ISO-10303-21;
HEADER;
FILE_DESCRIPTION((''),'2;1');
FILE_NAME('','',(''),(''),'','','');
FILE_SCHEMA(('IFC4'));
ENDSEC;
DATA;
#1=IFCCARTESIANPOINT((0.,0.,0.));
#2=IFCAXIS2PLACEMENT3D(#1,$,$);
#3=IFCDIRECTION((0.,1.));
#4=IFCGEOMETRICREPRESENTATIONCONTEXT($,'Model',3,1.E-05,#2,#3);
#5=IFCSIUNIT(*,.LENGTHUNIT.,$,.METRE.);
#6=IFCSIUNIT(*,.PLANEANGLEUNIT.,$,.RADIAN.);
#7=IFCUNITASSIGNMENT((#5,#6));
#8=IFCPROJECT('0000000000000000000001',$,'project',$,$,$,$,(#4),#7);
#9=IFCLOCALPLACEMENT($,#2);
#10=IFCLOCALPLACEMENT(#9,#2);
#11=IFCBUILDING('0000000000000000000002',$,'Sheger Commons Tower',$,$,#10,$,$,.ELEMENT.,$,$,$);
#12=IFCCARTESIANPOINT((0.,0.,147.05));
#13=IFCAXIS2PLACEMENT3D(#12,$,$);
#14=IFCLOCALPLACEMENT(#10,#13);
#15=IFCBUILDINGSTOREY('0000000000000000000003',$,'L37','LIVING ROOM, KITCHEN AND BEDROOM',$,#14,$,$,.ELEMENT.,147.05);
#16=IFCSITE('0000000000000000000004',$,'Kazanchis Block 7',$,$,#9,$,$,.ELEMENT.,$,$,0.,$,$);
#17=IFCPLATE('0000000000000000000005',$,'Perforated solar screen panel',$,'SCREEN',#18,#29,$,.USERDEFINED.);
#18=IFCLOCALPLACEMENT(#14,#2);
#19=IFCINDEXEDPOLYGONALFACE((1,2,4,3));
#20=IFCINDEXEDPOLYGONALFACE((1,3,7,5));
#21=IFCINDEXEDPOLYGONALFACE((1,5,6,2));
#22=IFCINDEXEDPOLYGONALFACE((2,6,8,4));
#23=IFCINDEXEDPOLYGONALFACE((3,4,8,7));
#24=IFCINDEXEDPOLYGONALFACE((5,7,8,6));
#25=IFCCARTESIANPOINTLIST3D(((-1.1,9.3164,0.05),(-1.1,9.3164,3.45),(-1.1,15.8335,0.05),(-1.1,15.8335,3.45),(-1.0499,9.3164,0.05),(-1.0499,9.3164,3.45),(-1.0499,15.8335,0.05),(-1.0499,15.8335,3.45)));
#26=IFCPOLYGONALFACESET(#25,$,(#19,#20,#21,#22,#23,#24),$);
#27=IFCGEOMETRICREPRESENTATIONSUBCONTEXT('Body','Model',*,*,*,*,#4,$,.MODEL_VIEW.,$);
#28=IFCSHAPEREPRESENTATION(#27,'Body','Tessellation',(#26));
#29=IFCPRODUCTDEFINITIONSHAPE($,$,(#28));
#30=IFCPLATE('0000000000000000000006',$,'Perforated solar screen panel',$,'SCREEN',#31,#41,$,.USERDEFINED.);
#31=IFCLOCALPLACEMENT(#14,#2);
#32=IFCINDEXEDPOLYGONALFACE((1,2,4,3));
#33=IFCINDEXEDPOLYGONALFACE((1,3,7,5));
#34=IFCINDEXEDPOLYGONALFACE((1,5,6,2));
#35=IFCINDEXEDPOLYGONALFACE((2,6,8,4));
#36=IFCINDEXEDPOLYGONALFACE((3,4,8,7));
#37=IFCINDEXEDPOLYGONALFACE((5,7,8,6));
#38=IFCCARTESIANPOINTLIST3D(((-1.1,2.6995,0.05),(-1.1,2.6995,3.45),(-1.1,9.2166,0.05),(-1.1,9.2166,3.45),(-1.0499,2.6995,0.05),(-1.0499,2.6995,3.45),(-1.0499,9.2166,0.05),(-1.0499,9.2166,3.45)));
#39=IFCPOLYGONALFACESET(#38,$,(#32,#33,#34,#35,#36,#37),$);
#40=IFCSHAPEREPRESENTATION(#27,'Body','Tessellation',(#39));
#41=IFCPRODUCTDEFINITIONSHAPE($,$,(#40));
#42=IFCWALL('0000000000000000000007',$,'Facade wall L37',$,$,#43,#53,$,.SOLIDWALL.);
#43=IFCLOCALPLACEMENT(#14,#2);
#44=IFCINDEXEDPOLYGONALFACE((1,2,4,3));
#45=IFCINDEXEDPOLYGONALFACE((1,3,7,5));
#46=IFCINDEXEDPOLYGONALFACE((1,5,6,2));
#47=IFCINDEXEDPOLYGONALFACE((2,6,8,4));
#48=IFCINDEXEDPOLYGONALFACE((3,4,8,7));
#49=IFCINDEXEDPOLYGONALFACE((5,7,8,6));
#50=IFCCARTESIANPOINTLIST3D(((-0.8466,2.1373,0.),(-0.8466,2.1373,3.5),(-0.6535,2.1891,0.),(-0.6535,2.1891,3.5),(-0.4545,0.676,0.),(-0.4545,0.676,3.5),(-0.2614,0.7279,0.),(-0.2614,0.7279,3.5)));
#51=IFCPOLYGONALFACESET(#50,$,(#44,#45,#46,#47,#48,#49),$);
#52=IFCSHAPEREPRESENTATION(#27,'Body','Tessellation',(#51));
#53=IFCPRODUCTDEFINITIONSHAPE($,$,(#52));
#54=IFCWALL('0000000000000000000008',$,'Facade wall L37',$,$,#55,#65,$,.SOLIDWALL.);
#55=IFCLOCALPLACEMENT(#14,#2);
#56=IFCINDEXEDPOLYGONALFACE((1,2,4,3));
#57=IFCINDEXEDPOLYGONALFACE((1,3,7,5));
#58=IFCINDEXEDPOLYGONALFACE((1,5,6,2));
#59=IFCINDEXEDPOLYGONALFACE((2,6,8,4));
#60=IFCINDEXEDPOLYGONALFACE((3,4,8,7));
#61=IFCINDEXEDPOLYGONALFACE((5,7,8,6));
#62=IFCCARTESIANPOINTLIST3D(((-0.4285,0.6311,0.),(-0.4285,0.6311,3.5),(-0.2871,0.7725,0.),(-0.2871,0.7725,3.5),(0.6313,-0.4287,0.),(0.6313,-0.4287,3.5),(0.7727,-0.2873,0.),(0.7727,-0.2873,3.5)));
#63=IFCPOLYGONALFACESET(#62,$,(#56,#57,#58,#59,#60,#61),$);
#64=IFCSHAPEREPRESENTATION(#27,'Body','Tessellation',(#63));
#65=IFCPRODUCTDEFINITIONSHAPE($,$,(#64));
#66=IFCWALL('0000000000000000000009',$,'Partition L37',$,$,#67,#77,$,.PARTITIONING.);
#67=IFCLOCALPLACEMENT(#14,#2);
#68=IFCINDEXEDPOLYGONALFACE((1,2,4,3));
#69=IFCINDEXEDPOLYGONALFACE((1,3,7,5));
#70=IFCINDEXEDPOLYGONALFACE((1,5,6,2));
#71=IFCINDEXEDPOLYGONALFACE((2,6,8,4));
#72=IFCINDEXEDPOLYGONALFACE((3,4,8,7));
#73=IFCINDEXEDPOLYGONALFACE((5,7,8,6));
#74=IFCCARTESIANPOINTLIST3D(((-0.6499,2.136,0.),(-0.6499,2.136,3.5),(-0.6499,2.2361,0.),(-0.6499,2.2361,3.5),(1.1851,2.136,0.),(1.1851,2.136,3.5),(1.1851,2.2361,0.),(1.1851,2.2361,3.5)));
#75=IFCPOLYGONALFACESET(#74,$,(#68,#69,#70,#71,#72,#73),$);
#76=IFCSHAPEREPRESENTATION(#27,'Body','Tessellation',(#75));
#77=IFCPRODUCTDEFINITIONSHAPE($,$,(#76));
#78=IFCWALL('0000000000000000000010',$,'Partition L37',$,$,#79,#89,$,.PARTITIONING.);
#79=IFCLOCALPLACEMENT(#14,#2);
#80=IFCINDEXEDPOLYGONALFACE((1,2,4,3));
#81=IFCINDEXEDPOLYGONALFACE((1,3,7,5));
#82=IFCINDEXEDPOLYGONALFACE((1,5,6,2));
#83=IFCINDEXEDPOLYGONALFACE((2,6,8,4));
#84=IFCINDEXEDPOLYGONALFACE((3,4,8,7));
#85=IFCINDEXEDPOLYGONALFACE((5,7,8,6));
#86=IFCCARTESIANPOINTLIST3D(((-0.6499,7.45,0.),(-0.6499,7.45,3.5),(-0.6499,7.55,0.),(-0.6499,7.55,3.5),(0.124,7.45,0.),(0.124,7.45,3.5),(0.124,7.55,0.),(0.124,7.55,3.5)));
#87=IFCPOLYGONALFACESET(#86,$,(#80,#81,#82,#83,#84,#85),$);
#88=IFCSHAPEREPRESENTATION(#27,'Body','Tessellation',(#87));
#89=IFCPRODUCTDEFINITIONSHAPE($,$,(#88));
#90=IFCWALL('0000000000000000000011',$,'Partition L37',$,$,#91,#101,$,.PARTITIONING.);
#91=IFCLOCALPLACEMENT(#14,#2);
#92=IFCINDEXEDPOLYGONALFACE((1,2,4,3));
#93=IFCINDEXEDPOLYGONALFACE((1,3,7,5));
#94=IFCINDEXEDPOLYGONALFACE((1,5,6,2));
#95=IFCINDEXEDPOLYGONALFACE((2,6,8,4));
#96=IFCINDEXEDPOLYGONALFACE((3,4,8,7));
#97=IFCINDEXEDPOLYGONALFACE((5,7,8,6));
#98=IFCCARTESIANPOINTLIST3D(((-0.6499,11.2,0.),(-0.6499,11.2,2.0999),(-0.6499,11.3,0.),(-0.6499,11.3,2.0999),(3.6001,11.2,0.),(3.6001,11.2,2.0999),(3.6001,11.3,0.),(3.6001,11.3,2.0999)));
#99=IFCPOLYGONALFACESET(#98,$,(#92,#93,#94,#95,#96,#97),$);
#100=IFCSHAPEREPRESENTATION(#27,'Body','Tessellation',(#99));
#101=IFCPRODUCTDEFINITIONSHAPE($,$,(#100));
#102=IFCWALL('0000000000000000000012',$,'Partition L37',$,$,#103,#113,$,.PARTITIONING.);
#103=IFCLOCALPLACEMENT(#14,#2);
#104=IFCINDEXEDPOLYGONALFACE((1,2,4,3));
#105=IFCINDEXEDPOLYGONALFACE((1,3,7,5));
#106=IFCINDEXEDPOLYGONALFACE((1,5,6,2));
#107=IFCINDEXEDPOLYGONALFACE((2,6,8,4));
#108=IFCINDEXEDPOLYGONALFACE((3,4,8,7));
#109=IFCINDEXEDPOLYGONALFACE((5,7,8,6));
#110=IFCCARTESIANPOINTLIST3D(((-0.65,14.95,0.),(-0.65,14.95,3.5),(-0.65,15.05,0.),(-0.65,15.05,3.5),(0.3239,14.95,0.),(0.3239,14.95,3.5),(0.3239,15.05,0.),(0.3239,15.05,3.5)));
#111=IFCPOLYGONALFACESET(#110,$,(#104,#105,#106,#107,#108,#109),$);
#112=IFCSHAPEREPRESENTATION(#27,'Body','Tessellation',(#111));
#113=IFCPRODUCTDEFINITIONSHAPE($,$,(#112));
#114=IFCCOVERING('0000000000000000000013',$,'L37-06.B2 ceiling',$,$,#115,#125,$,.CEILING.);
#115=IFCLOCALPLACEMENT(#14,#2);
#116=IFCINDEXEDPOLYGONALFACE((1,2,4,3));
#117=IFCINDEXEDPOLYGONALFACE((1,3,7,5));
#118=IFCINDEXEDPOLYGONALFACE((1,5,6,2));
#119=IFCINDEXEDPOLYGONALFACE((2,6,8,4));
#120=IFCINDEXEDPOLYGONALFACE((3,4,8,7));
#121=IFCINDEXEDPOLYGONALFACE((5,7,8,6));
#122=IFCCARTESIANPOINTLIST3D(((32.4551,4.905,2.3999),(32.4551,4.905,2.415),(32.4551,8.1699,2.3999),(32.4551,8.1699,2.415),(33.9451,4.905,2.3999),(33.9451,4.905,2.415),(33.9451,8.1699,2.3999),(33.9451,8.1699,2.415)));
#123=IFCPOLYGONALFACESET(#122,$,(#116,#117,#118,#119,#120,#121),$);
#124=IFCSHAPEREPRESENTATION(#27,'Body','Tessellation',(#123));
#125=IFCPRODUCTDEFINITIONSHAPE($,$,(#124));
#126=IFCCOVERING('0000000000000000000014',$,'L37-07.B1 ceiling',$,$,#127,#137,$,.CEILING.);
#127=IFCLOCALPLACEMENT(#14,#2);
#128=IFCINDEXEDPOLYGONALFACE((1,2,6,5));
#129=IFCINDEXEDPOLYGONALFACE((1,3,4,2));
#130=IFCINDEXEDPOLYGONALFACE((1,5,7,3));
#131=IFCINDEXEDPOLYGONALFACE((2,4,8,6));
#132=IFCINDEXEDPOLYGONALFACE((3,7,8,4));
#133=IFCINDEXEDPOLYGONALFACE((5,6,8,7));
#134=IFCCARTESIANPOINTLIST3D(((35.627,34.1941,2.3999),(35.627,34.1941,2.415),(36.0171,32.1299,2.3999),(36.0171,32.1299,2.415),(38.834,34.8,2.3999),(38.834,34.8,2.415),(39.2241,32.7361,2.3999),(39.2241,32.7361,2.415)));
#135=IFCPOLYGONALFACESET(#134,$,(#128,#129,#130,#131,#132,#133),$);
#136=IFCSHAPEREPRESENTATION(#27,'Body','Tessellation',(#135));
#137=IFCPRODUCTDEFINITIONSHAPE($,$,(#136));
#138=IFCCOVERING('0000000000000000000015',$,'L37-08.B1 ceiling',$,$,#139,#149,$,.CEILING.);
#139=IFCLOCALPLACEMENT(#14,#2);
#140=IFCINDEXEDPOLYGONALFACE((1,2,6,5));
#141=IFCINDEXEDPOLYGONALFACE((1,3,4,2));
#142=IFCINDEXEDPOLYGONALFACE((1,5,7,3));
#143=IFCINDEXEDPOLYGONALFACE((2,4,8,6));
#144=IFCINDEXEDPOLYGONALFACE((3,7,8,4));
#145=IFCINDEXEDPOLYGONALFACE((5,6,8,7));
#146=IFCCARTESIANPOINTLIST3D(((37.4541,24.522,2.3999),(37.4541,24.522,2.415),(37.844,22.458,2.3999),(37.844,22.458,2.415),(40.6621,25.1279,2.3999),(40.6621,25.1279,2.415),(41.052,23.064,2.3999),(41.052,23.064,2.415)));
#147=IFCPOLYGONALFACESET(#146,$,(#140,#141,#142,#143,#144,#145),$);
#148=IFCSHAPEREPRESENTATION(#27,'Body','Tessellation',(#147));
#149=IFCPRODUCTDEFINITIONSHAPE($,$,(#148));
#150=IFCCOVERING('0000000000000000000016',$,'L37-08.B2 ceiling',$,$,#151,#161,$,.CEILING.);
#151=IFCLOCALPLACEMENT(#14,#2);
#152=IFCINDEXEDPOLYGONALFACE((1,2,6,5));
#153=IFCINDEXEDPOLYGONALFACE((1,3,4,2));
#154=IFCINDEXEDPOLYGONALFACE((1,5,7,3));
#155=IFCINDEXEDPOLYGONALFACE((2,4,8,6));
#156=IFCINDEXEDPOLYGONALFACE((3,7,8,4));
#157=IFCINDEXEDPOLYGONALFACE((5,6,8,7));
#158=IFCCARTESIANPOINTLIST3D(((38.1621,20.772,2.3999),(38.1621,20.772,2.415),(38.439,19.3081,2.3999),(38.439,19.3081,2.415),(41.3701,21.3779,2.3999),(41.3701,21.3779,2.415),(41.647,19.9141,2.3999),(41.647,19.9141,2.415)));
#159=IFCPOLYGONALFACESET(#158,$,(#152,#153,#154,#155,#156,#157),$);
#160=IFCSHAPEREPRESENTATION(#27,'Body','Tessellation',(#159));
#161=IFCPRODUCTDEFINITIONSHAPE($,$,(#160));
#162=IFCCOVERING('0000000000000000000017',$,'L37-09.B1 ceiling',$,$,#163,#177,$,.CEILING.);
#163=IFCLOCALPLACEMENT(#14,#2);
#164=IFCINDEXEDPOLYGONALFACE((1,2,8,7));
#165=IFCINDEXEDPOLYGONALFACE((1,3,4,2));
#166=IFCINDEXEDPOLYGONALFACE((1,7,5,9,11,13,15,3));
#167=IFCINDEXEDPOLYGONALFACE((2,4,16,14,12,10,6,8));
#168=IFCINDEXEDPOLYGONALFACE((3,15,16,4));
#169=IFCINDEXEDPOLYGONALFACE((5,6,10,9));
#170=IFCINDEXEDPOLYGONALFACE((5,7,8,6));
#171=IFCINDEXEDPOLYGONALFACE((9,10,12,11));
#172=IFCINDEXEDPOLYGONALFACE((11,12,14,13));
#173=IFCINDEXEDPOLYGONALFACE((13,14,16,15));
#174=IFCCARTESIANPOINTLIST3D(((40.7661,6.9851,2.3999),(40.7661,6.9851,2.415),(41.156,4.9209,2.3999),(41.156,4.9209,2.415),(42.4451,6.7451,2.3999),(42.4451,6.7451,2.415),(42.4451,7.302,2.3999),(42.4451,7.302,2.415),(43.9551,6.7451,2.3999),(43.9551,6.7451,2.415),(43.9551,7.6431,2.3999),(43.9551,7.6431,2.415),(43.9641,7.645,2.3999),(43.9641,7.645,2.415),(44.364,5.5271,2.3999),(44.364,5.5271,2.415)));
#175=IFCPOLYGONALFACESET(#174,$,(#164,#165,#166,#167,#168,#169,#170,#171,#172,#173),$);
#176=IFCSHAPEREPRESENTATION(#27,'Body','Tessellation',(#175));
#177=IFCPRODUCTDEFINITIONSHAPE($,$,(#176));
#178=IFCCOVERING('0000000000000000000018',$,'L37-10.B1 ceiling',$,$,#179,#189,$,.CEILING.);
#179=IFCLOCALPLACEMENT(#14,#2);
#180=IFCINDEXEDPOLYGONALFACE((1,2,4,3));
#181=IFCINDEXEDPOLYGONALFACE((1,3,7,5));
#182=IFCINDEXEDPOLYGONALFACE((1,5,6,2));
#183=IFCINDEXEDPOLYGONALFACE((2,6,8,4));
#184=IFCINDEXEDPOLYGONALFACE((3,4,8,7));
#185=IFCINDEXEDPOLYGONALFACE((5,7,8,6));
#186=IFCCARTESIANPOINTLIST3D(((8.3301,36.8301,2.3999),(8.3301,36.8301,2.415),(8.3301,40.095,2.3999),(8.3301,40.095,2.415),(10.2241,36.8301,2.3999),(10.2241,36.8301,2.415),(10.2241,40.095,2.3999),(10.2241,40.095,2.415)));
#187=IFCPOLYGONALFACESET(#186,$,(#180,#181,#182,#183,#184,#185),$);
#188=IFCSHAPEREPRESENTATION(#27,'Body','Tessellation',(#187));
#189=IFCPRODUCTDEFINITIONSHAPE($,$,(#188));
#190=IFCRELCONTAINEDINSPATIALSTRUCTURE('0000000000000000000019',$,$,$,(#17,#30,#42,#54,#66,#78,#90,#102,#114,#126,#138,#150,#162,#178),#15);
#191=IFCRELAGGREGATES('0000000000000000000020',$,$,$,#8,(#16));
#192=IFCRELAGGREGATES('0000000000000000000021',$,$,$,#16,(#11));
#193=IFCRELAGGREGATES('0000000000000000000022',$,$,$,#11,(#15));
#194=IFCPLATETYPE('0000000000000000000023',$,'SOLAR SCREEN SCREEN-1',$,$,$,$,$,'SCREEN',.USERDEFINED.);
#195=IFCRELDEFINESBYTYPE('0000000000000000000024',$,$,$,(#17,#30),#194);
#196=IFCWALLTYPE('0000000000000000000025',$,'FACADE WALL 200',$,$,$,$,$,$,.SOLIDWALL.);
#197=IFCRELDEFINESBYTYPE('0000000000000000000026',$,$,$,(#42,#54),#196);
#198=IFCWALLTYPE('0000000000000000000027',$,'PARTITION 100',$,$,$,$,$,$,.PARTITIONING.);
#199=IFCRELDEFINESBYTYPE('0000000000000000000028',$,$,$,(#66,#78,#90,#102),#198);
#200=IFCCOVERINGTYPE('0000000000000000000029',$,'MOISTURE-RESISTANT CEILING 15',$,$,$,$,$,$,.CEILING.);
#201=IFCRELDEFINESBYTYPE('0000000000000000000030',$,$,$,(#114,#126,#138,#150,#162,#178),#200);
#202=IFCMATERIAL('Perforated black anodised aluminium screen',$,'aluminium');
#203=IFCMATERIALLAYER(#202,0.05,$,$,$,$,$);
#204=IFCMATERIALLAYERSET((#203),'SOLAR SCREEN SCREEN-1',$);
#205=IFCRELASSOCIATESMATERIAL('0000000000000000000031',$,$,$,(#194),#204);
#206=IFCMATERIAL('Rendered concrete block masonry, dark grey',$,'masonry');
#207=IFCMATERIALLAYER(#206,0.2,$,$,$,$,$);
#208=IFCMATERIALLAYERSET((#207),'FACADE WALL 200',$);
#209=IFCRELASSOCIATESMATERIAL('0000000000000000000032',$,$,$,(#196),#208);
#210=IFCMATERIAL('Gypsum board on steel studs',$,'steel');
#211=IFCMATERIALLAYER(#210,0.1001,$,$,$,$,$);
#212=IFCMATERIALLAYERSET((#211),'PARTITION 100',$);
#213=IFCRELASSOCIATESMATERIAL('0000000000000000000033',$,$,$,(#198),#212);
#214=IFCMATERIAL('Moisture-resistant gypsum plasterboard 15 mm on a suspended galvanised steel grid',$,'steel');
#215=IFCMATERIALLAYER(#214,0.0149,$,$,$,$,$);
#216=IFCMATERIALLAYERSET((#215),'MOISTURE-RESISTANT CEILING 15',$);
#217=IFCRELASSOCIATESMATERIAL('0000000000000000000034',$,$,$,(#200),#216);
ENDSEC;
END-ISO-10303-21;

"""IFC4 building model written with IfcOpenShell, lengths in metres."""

from ifc_helpers import new_model, si_unit, direction, frame, frame_2d, origin, origin_2d, place, context, subcontext, project, spatial, polyline, rectangle, outline, extrude, material, layer, layer_set, type_object, element, save


model = new_model("IFC4")

# Units and contexts
model_context = context("Model", 3, precision=1e-05, world=origin(), true_north=direction((0.0, 1.0)))
body_context = subcontext(model_context, "Body", "Model", "MODEL_VIEW")
ifc_project = project(units=[si_unit("LENGTHUNIT", "METRE"), si_unit("PLANEANGLEUNIT", "RADIAN")], contexts=[model_context])

# Site, building, storey
site_placement = place(None, origin())
site = spatial("IfcSite", under=ifc_project, at=site_placement, Name="Kazanchis Block 7", CompositionType="ELEMENT", RefElevation=0.0)
building_placement = place(site_placement, origin())
building = spatial("IfcBuilding", under=site, at=building_placement, Name="Sheger Commons Tower", CompositionType="ELEMENT")
storey_placement = place(building_placement, frame((0.0, 0.0, 147.05)))
storey = spatial("IfcBuildingStorey", under=building, at=storey_placement, Name="L37", Description="LIVING ROOM, KITCHEN AND BEDROOM", CompositionType="ELEMENT", Elevation=147.05)

# Plates
ifc_material_1 = material(Name="Perforated black anodised aluminium screen", Category="aluminium")
ifc_layer_1 = layer(ifc_material_1, 0.05)
ifc_layer_set_1 = layer_set([ifc_layer_1], Name="SOLAR SCREEN SCREEN-1")
plate_type = type_object("IfcPlateType", Name="SOLAR SCREEN SCREEN-1", ElementType="SCREEN", PredefinedType="USERDEFINED", material=ifc_layer_set_1)
for number, where, z_axis, x_axis, name in (
    (1, (-1.075, 12.575, 0.05), (0.0, 0.0, 1.0), (0.0, -1.0, 0.0), "Perforated solar screen panel"),
    (2, (-1.075, 5.958, 0.05), (0.0, 0.0, 1.0), (0.0, -1.0, 0.0), "Perforated solar screen panel"),
):
    element("IfcPlate", number, at=place(storey_placement, frame(where, z_axis=z_axis, x_axis=x_axis)), inside=storey, type_object=plate_type, Name=name, ObjectType="SCREEN", PredefinedType="USERDEFINED", context=body_context, shape_type="SweptSolid", body=[
        extrude(rectangle(XDim=6.5171, YDim=0.05, at=origin_2d()), origin(), (0.0, 0.0, 1.0), 3.3999),
    ])

# Walls
ifc_material_2 = material(Name="Rendered concrete block masonry, dark grey", Category="masonry")
ifc_layer_2 = layer(ifc_material_2, 0.2)
ifc_layer_set_2 = layer_set([ifc_layer_2], Name="FACADE WALL 200")
wall_type_1 = type_object("IfcWallType", Name="FACADE WALL 200", PredefinedType="SOLIDWALL", material=ifc_layer_set_2)
wall_1_placement = place(storey_placement, frame((-0.75, 2.1631, 0.0), z_axis=(0.0, 0.0, 1.0), x_axis=(0.259169, -0.965832, 0.0)))
element("IfcWall", 3, at=wall_1_placement, inside=storey, type_object=wall_type_1, Name="Facade wall L37", PredefinedType="SOLIDWALL", context=body_context, shape_type="SweptSolid", body=[
    extrude(rectangle(XDim=1.5129, YDim=0.2, at=frame_2d((0.7563, 0.0))), origin(), (0.0, 0.0, 1.0), 3.5),
])
wall_2_placement = place(storey_placement, frame((-0.3579, 0.7019, 0.0), z_axis=(0.0, 0.0, 1.0), x_axis=(0.707107, -0.707107, 0.0)))
element("IfcWall", 4, at=wall_2_placement, inside=storey, type_object=wall_type_1, Name="Facade wall L37", PredefinedType="SOLIDWALL", context=body_context, shape_type="SweptSolid", body=[
    extrude(rectangle(XDim=1.4988, YDim=0.2, at=frame_2d((0.7495, 0.0))), origin(), (0.0, 0.0, 1.0), 3.5),
])
ifc_material_3 = material(Name="Gypsum board on steel studs", Category="steel")
ifc_layer_3 = layer(ifc_material_3, 0.1001)
ifc_layer_set_3 = layer_set([ifc_layer_3], Name="PARTITION 100")
wall_type_2 = type_object("IfcWallType", Name="PARTITION 100", PredefinedType="PARTITIONING", material=ifc_layer_set_3)
wall_3_placement = place(storey_placement, frame((-0.6499, 2.186, 0.0), z_axis=(0.0, 0.0, 1.0), x_axis=(1.0, 0.0, 0.0)))
element("IfcWall", 5, at=wall_3_placement, inside=storey, type_object=wall_type_2, Name="Partition L37", PredefinedType="PARTITIONING", context=body_context, shape_type="SweptSolid", body=[
    extrude(rectangle(XDim=1.835, YDim=0.1001, at=frame_2d((0.9175, 0.0))), origin(), (0.0, 0.0, 1.0), 3.5),
])
wall_4_placement = place(storey_placement, frame((-0.6499, 7.5, 0.0), z_axis=(0.0, 0.0, 1.0), x_axis=(1.0, 0.0, 0.0)))
element("IfcWall", 6, at=wall_4_placement, inside=storey, type_object=wall_type_2, Name="Partition L37", PredefinedType="PARTITIONING", context=body_context, shape_type="SweptSolid", body=[
    extrude(rectangle(XDim=0.7739, YDim=0.1001, at=frame_2d((0.387, 0.0))), origin(), (0.0, 0.0, 1.0), 3.5),
])
wall_5_placement = place(storey_placement, frame((-0.6499, 11.25, 0.0), z_axis=(0.0, 0.0, 1.0), x_axis=(1.0, 0.0, 0.0)))
element("IfcWall", 7, at=wall_5_placement, inside=storey, type_object=wall_type_2, Name="Partition L37", PredefinedType="PARTITIONING", context=body_context, shape_type="SweptSolid", body=[
    extrude(rectangle(XDim=4.25, YDim=0.1001, at=frame_2d((2.125, 0.0))), origin(), (0.0, 0.0, 1.0), 2.0999),
])
wall_6_placement = place(storey_placement, frame((-0.6499, 15.0, 0.0), z_axis=(0.0, 0.0, 1.0), x_axis=(1.0, 0.0, 0.0)))
element("IfcWall", 8, at=wall_6_placement, inside=storey, type_object=wall_type_2, Name="Partition L37", PredefinedType="PARTITIONING", context=body_context, shape_type="SweptSolid", body=[
    extrude(rectangle(XDim=0.9739, YDim=0.1001, at=frame_2d((0.4868, 0.0))), origin(), (0.0, 0.0, 1.0), 3.5),
])

# Coverings
ifc_material_4 = material(Name="Moisture-resistant gypsum plasterboard 15 mm on a suspended galvanised steel grid", Category="steel")
ifc_layer_4 = layer(ifc_material_4, 0.0149)
ifc_layer_set_4 = layer_set([ifc_layer_4], Name="MOISTURE-RESISTANT CEILING 15")
covering_type_1 = type_object("IfcCoveringType", Name="MOISTURE-RESISTANT CEILING 15", PredefinedType="CEILING", material=ifc_layer_set_4)
covering_1_placement = place(storey_placement, frame((0.0, 0.0, 2.3999)))
element("IfcCovering", 9, at=covering_1_placement, inside=storey, type_object=covering_type_1, Name="L37-06.B2 ceiling", PredefinedType="CEILING", context=body_context, shape_type="SweptSolid", body=[
    extrude(outline(polyline([(32.4551, 4.905), (33.9451, 4.905), (33.9451, 8.1699), (32.4551, 8.1699), (32.4551, 4.905)])), origin(), (0.0, 0.0, 1.0), 0.0151),
])
covering_2_placement = place(storey_placement, frame((0.0, 0.0, 2.3999)))
element("IfcCovering", 10, at=covering_2_placement, inside=storey, type_object=covering_type_1, Name="L37-07.B1 ceiling", PredefinedType="CEILING", context=body_context, shape_type="SweptSolid", body=[
    extrude(outline(polyline([(36.0171, 32.1299), (39.2241, 32.7361), (38.834, 34.8), (35.627, 34.1941), (36.0171, 32.1299)])), origin(), (0.0, 0.0, 1.0), 0.0151),
])
covering_3_placement = place(storey_placement, frame((0.0, 0.0, 2.3999)))
element("IfcCovering", 11, at=covering_3_placement, inside=storey, type_object=covering_type_1, Name="L37-08.B1 ceiling", PredefinedType="CEILING", context=body_context, shape_type="SweptSolid", body=[
    extrude(outline(polyline([(37.844, 22.458), (41.052, 23.064), (40.6621, 25.1279), (37.4541, 24.522), (37.844, 22.458)])), origin(), (0.0, 0.0, 1.0), 0.0151),
])
covering_4_placement = place(storey_placement, frame((0.0, 0.0, 2.3999)))
element("IfcCovering", 12, at=covering_4_placement, inside=storey, type_object=covering_type_1, Name="L37-08.B2 ceiling", PredefinedType="CEILING", context=body_context, shape_type="SweptSolid", body=[
    extrude(outline(polyline([(38.439, 19.3081), (41.647, 19.9141), (41.3701, 21.3779), (38.1621, 20.772), (38.439, 19.3081)])), origin(), (0.0, 0.0, 1.0), 0.0151),
])
covering_5_placement = place(storey_placement, frame((0.0, 0.0, 2.3999)))
element("IfcCovering", 13, at=covering_5_placement, inside=storey, type_object=covering_type_1, Name="L37-09.B1 ceiling", PredefinedType="CEILING", context=body_context, shape_type="SweptSolid", body=[
    extrude(outline(polyline([(41.156, 4.9209), (44.364, 5.5271), (43.9641, 7.645), (43.9551, 7.6431), (43.9551, 6.7451), (42.4451, 6.7451), (42.4451, 7.302), (40.7661, 6.9851), (41.156, 4.9209)])), origin(), (0.0, 0.0, 1.0), 0.0151),
])
covering_6_placement = place(storey_placement, frame((0.0, 0.0, 2.3999)))
element("IfcCovering", 14, at=covering_6_placement, inside=storey, type_object=covering_type_1, Name="L37-10.B1 ceiling", PredefinedType="CEILING", context=body_context, shape_type="SweptSolid", body=[
    extrude(outline(polyline([(8.3301, 36.8301), (10.2241, 36.8301), (10.2241, 40.095), (8.3301, 40.095), (8.3301, 36.8301)])), origin(), (0.0, 0.0, 1.0), 0.0151),
])

save(model, "model.ifc")
